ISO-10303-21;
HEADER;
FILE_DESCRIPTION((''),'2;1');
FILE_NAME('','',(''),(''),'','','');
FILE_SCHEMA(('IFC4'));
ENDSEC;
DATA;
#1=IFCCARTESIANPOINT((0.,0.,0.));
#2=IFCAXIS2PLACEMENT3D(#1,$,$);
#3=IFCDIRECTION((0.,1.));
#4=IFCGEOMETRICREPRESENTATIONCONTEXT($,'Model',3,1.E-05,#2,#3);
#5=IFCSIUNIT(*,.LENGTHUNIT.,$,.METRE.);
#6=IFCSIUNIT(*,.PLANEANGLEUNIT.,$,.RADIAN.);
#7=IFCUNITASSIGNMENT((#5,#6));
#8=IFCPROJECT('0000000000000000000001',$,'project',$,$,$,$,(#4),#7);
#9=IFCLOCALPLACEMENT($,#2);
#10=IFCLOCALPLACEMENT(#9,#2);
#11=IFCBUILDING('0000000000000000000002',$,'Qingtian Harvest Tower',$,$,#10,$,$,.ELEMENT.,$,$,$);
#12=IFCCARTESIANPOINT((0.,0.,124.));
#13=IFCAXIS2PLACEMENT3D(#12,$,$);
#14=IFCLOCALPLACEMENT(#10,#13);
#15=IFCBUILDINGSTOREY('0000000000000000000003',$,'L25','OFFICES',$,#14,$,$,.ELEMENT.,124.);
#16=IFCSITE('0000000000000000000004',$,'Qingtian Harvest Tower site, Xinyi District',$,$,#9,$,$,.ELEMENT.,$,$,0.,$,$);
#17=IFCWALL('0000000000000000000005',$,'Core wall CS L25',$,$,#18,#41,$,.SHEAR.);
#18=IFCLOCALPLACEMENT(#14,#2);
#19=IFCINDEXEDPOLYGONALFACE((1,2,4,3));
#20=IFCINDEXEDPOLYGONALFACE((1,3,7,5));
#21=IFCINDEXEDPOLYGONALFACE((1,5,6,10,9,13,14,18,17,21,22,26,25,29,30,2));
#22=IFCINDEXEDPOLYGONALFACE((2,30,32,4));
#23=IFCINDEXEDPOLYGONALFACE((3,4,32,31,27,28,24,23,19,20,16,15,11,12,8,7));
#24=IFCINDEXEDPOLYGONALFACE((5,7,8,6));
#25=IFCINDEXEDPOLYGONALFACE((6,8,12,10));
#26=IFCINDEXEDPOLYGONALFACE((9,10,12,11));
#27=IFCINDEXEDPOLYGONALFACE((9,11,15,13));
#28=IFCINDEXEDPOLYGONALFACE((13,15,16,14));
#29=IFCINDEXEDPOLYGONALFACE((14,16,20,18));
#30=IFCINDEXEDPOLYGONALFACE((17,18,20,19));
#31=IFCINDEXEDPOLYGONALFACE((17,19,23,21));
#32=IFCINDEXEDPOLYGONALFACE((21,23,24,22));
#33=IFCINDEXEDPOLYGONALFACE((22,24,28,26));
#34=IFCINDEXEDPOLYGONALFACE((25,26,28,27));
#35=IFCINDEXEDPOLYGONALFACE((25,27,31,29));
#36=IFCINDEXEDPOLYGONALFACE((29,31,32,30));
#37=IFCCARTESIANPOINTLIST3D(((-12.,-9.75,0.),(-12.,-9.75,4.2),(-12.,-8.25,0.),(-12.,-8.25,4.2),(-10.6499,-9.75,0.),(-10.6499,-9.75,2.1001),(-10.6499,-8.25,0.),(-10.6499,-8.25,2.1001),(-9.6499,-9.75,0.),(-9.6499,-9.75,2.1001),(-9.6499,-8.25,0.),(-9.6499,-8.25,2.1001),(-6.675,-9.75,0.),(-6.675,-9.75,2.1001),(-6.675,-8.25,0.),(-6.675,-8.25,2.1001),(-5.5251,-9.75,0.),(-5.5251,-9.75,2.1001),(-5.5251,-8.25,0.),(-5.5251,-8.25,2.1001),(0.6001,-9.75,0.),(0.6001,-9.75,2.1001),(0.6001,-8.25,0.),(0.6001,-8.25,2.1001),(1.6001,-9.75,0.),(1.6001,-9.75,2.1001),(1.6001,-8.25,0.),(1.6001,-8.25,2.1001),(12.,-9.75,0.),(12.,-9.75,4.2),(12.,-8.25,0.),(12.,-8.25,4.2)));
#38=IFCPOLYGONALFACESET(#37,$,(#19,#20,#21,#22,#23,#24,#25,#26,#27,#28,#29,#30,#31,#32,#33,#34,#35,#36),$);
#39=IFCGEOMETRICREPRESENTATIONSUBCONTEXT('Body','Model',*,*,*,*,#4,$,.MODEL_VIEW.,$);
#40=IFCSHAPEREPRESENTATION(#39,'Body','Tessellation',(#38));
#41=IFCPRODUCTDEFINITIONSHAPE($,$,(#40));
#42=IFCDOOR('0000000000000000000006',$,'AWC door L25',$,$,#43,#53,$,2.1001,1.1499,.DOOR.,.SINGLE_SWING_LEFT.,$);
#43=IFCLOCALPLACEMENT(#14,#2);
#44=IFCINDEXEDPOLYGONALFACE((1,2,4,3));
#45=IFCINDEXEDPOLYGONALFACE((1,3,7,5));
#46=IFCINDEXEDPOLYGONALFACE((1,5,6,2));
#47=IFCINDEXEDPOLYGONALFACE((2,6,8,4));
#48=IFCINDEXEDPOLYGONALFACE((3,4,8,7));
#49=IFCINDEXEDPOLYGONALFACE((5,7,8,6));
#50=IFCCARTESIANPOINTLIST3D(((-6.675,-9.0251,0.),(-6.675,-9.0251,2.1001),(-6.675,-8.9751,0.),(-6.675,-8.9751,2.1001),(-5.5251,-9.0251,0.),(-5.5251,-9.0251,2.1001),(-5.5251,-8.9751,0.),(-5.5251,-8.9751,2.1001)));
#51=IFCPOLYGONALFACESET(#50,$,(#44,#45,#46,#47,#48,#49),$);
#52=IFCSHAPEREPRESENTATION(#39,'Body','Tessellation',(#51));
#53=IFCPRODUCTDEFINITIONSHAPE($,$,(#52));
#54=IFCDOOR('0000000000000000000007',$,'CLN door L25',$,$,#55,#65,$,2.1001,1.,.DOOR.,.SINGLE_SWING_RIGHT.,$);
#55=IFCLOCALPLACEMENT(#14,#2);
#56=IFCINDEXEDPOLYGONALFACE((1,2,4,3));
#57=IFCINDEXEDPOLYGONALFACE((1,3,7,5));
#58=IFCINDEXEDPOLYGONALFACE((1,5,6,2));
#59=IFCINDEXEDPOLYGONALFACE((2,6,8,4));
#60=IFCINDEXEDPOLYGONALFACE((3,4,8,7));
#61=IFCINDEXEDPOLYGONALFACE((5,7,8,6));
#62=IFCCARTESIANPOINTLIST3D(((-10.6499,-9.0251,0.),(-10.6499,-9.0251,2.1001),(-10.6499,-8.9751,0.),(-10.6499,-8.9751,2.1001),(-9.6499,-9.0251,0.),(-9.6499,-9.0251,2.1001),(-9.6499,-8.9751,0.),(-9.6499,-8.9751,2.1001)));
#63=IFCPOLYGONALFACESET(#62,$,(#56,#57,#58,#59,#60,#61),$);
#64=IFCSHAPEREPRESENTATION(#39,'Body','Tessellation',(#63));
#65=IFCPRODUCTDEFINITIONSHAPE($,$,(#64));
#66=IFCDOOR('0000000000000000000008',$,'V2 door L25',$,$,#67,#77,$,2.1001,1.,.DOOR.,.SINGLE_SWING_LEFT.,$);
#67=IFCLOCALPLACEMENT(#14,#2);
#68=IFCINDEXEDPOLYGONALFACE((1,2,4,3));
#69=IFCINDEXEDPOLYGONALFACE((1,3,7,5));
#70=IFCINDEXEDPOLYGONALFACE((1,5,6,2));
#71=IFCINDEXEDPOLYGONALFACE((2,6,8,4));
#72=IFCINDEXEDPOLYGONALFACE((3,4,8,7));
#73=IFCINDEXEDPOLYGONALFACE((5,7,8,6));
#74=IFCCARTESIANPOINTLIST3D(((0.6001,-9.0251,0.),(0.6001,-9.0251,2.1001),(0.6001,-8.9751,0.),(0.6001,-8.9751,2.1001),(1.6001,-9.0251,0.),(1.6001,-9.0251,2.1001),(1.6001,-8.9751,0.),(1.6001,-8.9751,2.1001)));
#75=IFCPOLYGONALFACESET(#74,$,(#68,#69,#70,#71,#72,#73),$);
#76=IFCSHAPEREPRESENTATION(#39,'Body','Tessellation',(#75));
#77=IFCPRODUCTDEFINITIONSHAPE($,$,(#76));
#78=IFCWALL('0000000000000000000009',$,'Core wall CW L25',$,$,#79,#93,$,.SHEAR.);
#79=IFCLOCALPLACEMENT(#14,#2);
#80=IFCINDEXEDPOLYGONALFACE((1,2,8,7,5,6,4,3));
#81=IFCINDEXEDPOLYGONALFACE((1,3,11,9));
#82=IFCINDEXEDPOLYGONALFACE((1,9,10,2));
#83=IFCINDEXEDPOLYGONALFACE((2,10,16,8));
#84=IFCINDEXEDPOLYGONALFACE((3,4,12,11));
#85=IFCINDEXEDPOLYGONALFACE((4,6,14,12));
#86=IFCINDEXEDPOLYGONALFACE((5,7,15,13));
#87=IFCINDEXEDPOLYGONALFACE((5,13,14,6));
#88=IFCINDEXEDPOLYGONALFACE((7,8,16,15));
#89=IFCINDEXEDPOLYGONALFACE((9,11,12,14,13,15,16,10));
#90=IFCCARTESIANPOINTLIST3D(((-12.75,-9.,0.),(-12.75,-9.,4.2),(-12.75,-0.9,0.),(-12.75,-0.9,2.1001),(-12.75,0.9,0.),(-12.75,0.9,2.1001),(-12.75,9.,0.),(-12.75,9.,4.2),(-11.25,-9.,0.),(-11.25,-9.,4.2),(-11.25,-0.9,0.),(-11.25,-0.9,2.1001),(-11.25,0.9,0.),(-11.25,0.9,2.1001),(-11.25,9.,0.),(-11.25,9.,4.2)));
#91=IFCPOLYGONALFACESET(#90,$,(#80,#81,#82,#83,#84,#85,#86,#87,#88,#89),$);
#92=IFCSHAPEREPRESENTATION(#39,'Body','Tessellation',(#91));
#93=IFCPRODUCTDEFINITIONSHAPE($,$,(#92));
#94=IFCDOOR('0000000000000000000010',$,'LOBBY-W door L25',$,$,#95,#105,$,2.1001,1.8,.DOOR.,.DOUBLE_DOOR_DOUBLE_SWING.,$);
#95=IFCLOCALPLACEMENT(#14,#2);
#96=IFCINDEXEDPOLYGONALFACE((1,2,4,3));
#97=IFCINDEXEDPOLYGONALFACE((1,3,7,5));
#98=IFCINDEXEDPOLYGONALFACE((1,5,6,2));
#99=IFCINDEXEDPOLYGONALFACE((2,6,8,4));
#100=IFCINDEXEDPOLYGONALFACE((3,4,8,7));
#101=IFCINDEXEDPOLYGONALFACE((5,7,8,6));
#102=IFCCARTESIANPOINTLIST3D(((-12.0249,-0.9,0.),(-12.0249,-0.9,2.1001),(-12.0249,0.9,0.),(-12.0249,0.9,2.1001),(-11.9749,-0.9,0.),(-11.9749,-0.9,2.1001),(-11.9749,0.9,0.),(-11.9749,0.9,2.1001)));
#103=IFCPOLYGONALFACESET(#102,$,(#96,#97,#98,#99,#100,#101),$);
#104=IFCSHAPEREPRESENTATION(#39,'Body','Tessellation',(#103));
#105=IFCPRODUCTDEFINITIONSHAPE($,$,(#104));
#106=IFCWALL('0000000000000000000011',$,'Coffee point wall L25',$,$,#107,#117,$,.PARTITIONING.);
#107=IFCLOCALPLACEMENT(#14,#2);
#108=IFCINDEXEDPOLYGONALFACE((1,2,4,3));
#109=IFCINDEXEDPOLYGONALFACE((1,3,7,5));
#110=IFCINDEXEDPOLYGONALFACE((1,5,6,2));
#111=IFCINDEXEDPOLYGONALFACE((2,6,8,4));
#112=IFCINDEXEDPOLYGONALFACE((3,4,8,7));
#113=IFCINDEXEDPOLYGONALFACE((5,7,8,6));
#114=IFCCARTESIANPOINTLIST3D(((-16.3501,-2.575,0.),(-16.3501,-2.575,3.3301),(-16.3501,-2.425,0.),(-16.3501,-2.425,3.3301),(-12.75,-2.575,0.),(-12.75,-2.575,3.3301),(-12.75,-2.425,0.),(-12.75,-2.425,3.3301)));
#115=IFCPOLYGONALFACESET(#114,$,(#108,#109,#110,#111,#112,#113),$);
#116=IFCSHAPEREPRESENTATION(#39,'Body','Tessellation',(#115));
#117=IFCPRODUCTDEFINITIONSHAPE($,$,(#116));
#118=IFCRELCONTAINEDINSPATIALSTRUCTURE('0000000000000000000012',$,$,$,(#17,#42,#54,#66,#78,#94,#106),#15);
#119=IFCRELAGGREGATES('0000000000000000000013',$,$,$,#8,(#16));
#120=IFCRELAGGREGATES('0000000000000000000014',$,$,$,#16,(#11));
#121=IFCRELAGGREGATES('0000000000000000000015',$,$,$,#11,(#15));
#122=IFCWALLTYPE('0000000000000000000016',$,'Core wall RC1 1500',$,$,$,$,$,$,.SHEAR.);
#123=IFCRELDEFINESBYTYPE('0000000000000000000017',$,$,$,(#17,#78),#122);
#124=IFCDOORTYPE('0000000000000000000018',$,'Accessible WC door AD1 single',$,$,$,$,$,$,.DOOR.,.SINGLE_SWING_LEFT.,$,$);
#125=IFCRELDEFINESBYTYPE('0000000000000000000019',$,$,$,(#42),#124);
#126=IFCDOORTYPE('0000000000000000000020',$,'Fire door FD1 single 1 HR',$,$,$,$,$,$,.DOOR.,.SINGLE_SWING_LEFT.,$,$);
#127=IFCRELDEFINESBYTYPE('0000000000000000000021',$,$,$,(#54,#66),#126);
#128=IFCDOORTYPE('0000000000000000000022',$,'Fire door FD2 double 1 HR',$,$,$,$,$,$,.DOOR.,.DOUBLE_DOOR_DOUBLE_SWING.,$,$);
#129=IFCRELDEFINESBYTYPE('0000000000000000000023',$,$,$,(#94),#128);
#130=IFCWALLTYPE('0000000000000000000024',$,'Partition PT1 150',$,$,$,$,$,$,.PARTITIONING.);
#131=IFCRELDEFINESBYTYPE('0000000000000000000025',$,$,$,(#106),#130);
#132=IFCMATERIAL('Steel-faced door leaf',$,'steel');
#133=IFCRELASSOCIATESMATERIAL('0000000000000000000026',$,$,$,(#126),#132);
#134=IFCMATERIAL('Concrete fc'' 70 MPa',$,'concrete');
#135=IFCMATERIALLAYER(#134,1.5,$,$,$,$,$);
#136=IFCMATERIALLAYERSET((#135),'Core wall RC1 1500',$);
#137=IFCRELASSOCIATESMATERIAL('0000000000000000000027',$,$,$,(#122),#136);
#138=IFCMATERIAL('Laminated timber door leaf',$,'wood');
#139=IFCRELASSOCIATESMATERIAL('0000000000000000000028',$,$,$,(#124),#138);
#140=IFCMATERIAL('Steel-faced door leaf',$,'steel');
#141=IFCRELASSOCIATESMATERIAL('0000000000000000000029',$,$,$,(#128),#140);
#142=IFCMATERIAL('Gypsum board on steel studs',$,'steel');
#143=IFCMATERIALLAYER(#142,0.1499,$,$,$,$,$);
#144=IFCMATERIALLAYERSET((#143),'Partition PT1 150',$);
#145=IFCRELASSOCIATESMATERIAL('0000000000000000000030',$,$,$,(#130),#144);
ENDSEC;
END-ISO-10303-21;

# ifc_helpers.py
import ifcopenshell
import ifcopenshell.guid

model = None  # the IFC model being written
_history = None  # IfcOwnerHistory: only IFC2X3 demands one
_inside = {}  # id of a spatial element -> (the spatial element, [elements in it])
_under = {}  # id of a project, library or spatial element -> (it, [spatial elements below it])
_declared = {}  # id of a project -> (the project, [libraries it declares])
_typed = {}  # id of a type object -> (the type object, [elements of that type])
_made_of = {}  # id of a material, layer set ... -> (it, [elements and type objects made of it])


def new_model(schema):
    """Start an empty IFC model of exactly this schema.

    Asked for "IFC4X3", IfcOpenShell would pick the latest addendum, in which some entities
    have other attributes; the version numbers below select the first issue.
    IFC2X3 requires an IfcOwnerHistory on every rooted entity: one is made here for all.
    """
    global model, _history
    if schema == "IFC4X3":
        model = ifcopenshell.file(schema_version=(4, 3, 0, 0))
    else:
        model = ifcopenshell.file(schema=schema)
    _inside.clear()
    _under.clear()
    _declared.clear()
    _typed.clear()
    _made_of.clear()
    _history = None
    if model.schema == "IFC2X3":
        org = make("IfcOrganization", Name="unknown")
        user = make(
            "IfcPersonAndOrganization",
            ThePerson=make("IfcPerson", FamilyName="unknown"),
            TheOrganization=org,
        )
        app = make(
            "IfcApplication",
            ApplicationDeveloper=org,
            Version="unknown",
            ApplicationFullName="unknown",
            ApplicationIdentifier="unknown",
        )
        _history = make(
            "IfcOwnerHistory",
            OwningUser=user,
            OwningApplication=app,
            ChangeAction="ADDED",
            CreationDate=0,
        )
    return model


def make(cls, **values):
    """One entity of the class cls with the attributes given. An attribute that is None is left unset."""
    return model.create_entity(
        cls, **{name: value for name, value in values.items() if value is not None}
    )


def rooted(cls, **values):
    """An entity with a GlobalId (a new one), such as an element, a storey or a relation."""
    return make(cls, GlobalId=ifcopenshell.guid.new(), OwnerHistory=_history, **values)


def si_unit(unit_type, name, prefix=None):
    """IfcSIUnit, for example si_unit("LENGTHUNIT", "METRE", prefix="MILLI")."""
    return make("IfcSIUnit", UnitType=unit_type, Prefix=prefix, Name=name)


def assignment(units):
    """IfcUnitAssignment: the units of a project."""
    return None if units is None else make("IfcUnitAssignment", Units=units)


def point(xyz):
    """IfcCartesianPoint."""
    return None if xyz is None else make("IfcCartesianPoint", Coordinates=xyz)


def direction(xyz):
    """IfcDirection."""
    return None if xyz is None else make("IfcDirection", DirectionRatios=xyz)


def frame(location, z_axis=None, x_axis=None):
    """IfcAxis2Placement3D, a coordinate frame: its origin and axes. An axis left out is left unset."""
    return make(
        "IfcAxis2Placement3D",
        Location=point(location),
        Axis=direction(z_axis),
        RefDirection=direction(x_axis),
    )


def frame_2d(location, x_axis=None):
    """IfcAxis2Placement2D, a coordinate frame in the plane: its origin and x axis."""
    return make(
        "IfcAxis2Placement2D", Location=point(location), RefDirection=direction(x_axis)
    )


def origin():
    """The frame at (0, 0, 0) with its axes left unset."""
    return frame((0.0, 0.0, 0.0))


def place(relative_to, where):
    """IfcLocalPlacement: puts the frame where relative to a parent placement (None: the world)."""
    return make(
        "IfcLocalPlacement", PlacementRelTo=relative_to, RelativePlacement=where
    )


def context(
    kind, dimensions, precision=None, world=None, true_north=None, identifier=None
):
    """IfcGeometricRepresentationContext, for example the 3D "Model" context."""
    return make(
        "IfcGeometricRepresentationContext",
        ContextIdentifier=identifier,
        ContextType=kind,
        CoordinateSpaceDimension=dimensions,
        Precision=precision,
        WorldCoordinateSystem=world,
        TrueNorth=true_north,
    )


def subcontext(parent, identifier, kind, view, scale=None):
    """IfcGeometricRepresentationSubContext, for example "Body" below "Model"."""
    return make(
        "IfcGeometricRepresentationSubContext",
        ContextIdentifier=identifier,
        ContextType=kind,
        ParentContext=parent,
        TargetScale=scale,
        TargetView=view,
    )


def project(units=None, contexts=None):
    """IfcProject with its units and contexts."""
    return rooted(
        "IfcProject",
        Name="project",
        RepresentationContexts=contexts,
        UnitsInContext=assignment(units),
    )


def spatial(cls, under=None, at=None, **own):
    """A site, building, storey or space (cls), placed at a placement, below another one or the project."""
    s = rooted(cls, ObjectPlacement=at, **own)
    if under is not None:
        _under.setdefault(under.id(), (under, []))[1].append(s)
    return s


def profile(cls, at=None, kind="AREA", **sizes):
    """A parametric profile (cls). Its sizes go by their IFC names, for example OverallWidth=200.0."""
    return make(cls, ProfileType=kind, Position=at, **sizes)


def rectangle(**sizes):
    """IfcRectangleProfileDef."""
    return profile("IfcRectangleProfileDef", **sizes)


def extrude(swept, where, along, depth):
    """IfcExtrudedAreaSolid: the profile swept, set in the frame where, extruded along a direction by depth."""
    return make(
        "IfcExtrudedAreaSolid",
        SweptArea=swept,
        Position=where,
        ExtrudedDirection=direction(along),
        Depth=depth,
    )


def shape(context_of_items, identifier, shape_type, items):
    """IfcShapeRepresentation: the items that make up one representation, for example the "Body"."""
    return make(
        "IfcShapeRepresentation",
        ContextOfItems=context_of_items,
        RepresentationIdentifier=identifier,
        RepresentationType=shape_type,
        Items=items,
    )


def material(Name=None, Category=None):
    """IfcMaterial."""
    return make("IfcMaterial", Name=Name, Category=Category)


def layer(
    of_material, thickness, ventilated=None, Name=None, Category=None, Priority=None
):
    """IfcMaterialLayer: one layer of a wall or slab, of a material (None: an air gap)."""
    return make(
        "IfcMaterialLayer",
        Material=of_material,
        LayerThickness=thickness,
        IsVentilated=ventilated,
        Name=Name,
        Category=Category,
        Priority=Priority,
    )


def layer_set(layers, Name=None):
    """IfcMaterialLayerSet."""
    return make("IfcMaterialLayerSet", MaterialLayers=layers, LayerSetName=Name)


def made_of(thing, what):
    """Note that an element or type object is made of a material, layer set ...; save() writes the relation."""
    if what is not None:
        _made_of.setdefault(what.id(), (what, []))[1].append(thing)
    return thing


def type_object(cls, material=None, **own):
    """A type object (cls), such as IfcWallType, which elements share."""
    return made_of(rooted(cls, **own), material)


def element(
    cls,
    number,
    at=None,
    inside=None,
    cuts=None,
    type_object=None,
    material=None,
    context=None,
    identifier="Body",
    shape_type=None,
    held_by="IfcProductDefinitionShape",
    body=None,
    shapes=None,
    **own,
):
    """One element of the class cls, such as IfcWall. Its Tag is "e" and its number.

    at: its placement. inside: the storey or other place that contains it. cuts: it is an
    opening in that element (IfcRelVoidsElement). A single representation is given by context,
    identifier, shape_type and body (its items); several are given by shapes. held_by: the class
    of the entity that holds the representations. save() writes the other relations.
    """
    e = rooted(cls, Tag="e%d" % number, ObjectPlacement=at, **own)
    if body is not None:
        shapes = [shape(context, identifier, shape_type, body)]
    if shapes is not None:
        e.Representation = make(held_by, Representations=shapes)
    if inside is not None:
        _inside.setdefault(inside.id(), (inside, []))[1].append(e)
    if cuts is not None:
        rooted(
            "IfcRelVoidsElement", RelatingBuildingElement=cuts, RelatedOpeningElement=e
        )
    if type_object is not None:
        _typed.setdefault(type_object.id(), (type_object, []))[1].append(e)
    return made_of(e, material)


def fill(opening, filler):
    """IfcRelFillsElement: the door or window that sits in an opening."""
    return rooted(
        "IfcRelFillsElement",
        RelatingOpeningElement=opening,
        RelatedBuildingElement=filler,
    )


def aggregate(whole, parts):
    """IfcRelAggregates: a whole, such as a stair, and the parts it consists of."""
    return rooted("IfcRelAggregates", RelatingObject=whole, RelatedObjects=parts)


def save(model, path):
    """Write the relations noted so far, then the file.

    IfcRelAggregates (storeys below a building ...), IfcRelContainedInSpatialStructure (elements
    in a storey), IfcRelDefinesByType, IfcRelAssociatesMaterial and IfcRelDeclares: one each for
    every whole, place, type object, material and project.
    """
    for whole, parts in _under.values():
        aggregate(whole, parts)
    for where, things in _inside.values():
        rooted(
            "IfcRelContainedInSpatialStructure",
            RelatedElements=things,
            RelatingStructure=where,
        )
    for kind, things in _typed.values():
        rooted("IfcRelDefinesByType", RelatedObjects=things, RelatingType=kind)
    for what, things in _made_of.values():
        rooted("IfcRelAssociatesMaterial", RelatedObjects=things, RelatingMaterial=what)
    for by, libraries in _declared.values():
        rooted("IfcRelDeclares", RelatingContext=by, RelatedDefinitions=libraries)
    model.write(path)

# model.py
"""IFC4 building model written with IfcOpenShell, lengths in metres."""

from ifc_helpers import new_model, si_unit, direction, frame, frame_2d, origin, place, context, subcontext, project, spatial, rectangle, extrude, material, layer, layer_set, type_object, element, fill, save


model = new_model("IFC4")

# Units and contexts
model_context = context("Model", 3, precision=1e-05, world=origin(), true_north=direction((0.0, 1.0)))
body_context = subcontext(model_context, "Body", "Model", "MODEL_VIEW")
ifc_project = project(units=[si_unit("LENGTHUNIT", "METRE"), si_unit("PLANEANGLEUNIT", "RADIAN")], contexts=[model_context])

# Site, building, storey
site_placement = place(None, origin())
site = spatial("IfcSite", under=ifc_project, at=site_placement, Name="Qingtian Harvest Tower site, Xinyi District", CompositionType="ELEMENT", RefElevation=0.0)
building_placement = place(site_placement, origin())
building = spatial("IfcBuilding", under=site, at=building_placement, Name="Qingtian Harvest Tower", CompositionType="ELEMENT")
storey_placement = place(building_placement, frame((0.0, 0.0, 124.0)))
storey = spatial("IfcBuildingStorey", under=building, at=storey_placement, Name="L25", Description="OFFICES", CompositionType="ELEMENT", Elevation=124.0)

# Shared definitions
ifc_material_1 = material(Name="Steel-faced door leaf", Category="steel")
door_type_1 = type_object("IfcDoorType", Name="Fire door FD1 single 1 HR", OperationType="SINGLE_SWING_LEFT", PredefinedType="DOOR", material=ifc_material_1)

# Wall, openings, doors
ifc_material_2 = material(Name="Concrete fc' 70 MPa", Category="concrete")
ifc_layer_1 = layer(ifc_material_2, 1.5)
ifc_layer_set_1 = layer_set([ifc_layer_1], Name="Core wall RC1 1500")
wall_type_1 = type_object("IfcWallType", Name="Core wall RC1 1500", PredefinedType="SHEAR", material=ifc_layer_set_1)
wall_1_placement = place(storey_placement, frame((-12.0, -9.0, 0.0), z_axis=(0.0, 0.0, 1.0), x_axis=(1.0, 0.0, 0.0)))
wall_1 = element("IfcWall", 1, at=wall_1_placement, inside=storey, type_object=wall_type_1, Name="Core wall CS L25", PredefinedType="SHEAR", context=body_context, shape_type="SweptSolid", body=[
    extrude(rectangle(XDim=24.0, YDim=1.5, at=frame_2d((12.0, 0.0))), origin(), (0.0, 0.0, 1.0), 4.2),
])
opening_1_placement = place(wall_1_placement, frame((1.3501, 0.0, 0.0)))
opening_1 = element("IfcOpeningElement", 2, at=opening_1_placement, cuts=wall_1, PredefinedType="OPENING", context=body_context, shape_type="SweptSolid", body=[
    extrude(rectangle(XDim=1.0, YDim=2.1001, at=frame_2d((0.5, 1.05))), frame((0.0, 0.76, 0.0), z_axis=(0.0, -1.0, 0.0), x_axis=(1.0, 0.0, 0.0)), (0.0, 0.0, 1.0), 1.52),
])
opening_2_placement = place(wall_1_placement, frame((5.325, 0.0, 0.0)))
opening_2 = element("IfcOpeningElement", 3, at=opening_2_placement, cuts=wall_1, PredefinedType="OPENING", context=body_context, shape_type="SweptSolid", body=[
    extrude(rectangle(XDim=1.1499, YDim=2.1001, at=frame_2d((0.575, 1.05))), frame((0.0, 0.76, 0.0), z_axis=(0.0, -1.0, 0.0), x_axis=(1.0, 0.0, 0.0)), (0.0, 0.0, 1.0), 1.52),
])
opening_3_placement = place(wall_1_placement, frame((12.6001, 0.0, 0.0)))
opening_3 = element("IfcOpeningElement", 4, at=opening_3_placement, cuts=wall_1, PredefinedType="OPENING", context=body_context, shape_type="SweptSolid", body=[
    extrude(rectangle(XDim=1.0, YDim=2.1001, at=frame_2d((0.5, 1.05))), frame((0.0, 0.76, 0.0), z_axis=(0.0, -1.0, 0.0), x_axis=(1.0, 0.0, 0.0)), (0.0, 0.0, 1.0), 1.52),
])
ifc_material_3 = material(Name="Laminated timber door leaf", Category="wood")
door_type_2 = type_object("IfcDoorType", Name="Accessible WC door AD1 single", OperationType="SINGLE_SWING_LEFT", PredefinedType="DOOR", material=ifc_material_3)
door_1_placement = place(opening_2_placement, origin())
door_1 = element("IfcDoor", 5, at=door_1_placement, inside=storey, type_object=door_type_2, Name="AWC door L25", OperationType="SINGLE_SWING_LEFT", OverallHeight=2.1001, OverallWidth=1.1499, PredefinedType="DOOR", context=body_context, shape_type="SweptSolid", body=[
    extrude(rectangle(XDim=1.1499, YDim=2.1001, at=frame_2d((0.575, 1.05))), frame((0.0, 0.0249, 0.0), z_axis=(0.0, -1.0, 0.0), x_axis=(1.0, 0.0, 0.0)), (0.0, 0.0, 1.0), 0.05),
])
fill(opening_2, door_1)
door_2_placement = place(opening_1_placement, origin())
door_2 = element("IfcDoor", 6, at=door_2_placement, inside=storey, type_object=door_type_1, Name="CLN door L25", OperationType="SINGLE_SWING_RIGHT", OverallHeight=2.1001, OverallWidth=1.0, PredefinedType="DOOR", context=body_context, shape_type="SweptSolid", body=[
    extrude(rectangle(XDim=1.0, YDim=2.1001, at=frame_2d((0.5, 1.05))), frame((0.0, 0.0249, 0.0), z_axis=(0.0, -1.0, 0.0), x_axis=(1.0, 0.0, 0.0)), (0.0, 0.0, 1.0), 0.05),
])
fill(opening_1, door_2)
door_3_placement = place(opening_3_placement, origin())
door_3 = element("IfcDoor", 7, at=door_3_placement, inside=storey, type_object=door_type_1, Name="V2 door L25", OperationType="SINGLE_SWING_LEFT", OverallHeight=2.1001, OverallWidth=1.0, PredefinedType="DOOR", context=body_context, shape_type="SweptSolid", body=[
    extrude(rectangle(XDim=1.0, YDim=2.1001, at=frame_2d((0.5, 1.05))), frame((0.0, 0.0249, 0.0), z_axis=(0.0, -1.0, 0.0), x_axis=(1.0, 0.0, 0.0)), (0.0, 0.0, 1.0), 0.05),
])
fill(opening_3, door_3)

# Wall, opening, door
wall_2_placement = place(storey_placement, frame((-12.0, -9.0, 0.0), z_axis=(0.0, 0.0, 1.0), x_axis=(0.0, 1.0, 0.0)))
wall_2 = element("IfcWall", 8, at=wall_2_placement, inside=storey, type_object=wall_type_1, Name="Core wall CW L25", PredefinedType="SHEAR", context=body_context, shape_type="SweptSolid", body=[
    extrude(rectangle(XDim=18.0, YDim=1.5, at=frame_2d((9.0, 0.0))), origin(), (0.0, 0.0, 1.0), 4.2),
])
opening_4_placement = place(wall_2_placement, frame((8.1001, 0.0, 0.0)))
opening_4 = element("IfcOpeningElement", 9, at=opening_4_placement, cuts=wall_2, PredefinedType="OPENING", context=body_context, shape_type="SweptSolid", body=[
    extrude(rectangle(XDim=1.8, YDim=2.1001, at=frame_2d((0.8999, 1.05))), frame((0.0, 0.76, 0.0), z_axis=(0.0, -1.0, 0.0), x_axis=(1.0, 0.0, 0.0)), (0.0, 0.0, 1.0), 1.52),
])
ifc_material_4 = material(Name="Steel-faced door leaf", Category="steel")
door_type_3 = type_object("IfcDoorType", Name="Fire door FD2 double 1 HR", OperationType="DOUBLE_DOOR_DOUBLE_SWING", PredefinedType="DOOR", material=ifc_material_4)
door_4_placement = place(opening_4_placement, origin())
door_4 = element("IfcDoor", 10, at=door_4_placement, inside=storey, type_object=door_type_3, Name="LOBBY-W door L25", OperationType="DOUBLE_DOOR_DOUBLE_SWING", OverallHeight=2.1001, OverallWidth=1.8, PredefinedType="DOOR", context=body_context, shape_type="SweptSolid", body=[
    extrude(rectangle(XDim=1.8, YDim=2.1001, at=frame_2d((0.8999, 1.05))), frame((0.0, 0.0249, 0.0), z_axis=(0.0, -1.0, 0.0), x_axis=(1.0, 0.0, 0.0)), (0.0, 0.0, 1.0), 0.05),
])
fill(opening_4, door_4)

# Wall
ifc_material_5 = material(Name="Gypsum board on steel studs", Category="steel")
ifc_layer_2 = layer(ifc_material_5, 0.1499)
ifc_layer_set_2 = layer_set([ifc_layer_2], Name="Partition PT1 150")
wall_type_2 = type_object("IfcWallType", Name="Partition PT1 150", PredefinedType="PARTITIONING", material=ifc_layer_set_2)
wall_3_placement = place(storey_placement, frame((-12.75, -2.5, 0.0), z_axis=(0.0, 0.0, 1.0), x_axis=(-1.0, 0.0, 0.0)))
element("IfcWall", 11, at=wall_3_placement, inside=storey, type_object=wall_type_2, Name="Coffee point wall L25", PredefinedType="PARTITIONING", context=body_context, shape_type="SweptSolid", body=[
    extrude(rectangle(XDim=3.6001, YDim=0.1499, at=frame_2d((1.8, 0.0))), origin(), (0.0, 0.0, 1.0), 3.3301),
])

save(model, "model.ifc")
